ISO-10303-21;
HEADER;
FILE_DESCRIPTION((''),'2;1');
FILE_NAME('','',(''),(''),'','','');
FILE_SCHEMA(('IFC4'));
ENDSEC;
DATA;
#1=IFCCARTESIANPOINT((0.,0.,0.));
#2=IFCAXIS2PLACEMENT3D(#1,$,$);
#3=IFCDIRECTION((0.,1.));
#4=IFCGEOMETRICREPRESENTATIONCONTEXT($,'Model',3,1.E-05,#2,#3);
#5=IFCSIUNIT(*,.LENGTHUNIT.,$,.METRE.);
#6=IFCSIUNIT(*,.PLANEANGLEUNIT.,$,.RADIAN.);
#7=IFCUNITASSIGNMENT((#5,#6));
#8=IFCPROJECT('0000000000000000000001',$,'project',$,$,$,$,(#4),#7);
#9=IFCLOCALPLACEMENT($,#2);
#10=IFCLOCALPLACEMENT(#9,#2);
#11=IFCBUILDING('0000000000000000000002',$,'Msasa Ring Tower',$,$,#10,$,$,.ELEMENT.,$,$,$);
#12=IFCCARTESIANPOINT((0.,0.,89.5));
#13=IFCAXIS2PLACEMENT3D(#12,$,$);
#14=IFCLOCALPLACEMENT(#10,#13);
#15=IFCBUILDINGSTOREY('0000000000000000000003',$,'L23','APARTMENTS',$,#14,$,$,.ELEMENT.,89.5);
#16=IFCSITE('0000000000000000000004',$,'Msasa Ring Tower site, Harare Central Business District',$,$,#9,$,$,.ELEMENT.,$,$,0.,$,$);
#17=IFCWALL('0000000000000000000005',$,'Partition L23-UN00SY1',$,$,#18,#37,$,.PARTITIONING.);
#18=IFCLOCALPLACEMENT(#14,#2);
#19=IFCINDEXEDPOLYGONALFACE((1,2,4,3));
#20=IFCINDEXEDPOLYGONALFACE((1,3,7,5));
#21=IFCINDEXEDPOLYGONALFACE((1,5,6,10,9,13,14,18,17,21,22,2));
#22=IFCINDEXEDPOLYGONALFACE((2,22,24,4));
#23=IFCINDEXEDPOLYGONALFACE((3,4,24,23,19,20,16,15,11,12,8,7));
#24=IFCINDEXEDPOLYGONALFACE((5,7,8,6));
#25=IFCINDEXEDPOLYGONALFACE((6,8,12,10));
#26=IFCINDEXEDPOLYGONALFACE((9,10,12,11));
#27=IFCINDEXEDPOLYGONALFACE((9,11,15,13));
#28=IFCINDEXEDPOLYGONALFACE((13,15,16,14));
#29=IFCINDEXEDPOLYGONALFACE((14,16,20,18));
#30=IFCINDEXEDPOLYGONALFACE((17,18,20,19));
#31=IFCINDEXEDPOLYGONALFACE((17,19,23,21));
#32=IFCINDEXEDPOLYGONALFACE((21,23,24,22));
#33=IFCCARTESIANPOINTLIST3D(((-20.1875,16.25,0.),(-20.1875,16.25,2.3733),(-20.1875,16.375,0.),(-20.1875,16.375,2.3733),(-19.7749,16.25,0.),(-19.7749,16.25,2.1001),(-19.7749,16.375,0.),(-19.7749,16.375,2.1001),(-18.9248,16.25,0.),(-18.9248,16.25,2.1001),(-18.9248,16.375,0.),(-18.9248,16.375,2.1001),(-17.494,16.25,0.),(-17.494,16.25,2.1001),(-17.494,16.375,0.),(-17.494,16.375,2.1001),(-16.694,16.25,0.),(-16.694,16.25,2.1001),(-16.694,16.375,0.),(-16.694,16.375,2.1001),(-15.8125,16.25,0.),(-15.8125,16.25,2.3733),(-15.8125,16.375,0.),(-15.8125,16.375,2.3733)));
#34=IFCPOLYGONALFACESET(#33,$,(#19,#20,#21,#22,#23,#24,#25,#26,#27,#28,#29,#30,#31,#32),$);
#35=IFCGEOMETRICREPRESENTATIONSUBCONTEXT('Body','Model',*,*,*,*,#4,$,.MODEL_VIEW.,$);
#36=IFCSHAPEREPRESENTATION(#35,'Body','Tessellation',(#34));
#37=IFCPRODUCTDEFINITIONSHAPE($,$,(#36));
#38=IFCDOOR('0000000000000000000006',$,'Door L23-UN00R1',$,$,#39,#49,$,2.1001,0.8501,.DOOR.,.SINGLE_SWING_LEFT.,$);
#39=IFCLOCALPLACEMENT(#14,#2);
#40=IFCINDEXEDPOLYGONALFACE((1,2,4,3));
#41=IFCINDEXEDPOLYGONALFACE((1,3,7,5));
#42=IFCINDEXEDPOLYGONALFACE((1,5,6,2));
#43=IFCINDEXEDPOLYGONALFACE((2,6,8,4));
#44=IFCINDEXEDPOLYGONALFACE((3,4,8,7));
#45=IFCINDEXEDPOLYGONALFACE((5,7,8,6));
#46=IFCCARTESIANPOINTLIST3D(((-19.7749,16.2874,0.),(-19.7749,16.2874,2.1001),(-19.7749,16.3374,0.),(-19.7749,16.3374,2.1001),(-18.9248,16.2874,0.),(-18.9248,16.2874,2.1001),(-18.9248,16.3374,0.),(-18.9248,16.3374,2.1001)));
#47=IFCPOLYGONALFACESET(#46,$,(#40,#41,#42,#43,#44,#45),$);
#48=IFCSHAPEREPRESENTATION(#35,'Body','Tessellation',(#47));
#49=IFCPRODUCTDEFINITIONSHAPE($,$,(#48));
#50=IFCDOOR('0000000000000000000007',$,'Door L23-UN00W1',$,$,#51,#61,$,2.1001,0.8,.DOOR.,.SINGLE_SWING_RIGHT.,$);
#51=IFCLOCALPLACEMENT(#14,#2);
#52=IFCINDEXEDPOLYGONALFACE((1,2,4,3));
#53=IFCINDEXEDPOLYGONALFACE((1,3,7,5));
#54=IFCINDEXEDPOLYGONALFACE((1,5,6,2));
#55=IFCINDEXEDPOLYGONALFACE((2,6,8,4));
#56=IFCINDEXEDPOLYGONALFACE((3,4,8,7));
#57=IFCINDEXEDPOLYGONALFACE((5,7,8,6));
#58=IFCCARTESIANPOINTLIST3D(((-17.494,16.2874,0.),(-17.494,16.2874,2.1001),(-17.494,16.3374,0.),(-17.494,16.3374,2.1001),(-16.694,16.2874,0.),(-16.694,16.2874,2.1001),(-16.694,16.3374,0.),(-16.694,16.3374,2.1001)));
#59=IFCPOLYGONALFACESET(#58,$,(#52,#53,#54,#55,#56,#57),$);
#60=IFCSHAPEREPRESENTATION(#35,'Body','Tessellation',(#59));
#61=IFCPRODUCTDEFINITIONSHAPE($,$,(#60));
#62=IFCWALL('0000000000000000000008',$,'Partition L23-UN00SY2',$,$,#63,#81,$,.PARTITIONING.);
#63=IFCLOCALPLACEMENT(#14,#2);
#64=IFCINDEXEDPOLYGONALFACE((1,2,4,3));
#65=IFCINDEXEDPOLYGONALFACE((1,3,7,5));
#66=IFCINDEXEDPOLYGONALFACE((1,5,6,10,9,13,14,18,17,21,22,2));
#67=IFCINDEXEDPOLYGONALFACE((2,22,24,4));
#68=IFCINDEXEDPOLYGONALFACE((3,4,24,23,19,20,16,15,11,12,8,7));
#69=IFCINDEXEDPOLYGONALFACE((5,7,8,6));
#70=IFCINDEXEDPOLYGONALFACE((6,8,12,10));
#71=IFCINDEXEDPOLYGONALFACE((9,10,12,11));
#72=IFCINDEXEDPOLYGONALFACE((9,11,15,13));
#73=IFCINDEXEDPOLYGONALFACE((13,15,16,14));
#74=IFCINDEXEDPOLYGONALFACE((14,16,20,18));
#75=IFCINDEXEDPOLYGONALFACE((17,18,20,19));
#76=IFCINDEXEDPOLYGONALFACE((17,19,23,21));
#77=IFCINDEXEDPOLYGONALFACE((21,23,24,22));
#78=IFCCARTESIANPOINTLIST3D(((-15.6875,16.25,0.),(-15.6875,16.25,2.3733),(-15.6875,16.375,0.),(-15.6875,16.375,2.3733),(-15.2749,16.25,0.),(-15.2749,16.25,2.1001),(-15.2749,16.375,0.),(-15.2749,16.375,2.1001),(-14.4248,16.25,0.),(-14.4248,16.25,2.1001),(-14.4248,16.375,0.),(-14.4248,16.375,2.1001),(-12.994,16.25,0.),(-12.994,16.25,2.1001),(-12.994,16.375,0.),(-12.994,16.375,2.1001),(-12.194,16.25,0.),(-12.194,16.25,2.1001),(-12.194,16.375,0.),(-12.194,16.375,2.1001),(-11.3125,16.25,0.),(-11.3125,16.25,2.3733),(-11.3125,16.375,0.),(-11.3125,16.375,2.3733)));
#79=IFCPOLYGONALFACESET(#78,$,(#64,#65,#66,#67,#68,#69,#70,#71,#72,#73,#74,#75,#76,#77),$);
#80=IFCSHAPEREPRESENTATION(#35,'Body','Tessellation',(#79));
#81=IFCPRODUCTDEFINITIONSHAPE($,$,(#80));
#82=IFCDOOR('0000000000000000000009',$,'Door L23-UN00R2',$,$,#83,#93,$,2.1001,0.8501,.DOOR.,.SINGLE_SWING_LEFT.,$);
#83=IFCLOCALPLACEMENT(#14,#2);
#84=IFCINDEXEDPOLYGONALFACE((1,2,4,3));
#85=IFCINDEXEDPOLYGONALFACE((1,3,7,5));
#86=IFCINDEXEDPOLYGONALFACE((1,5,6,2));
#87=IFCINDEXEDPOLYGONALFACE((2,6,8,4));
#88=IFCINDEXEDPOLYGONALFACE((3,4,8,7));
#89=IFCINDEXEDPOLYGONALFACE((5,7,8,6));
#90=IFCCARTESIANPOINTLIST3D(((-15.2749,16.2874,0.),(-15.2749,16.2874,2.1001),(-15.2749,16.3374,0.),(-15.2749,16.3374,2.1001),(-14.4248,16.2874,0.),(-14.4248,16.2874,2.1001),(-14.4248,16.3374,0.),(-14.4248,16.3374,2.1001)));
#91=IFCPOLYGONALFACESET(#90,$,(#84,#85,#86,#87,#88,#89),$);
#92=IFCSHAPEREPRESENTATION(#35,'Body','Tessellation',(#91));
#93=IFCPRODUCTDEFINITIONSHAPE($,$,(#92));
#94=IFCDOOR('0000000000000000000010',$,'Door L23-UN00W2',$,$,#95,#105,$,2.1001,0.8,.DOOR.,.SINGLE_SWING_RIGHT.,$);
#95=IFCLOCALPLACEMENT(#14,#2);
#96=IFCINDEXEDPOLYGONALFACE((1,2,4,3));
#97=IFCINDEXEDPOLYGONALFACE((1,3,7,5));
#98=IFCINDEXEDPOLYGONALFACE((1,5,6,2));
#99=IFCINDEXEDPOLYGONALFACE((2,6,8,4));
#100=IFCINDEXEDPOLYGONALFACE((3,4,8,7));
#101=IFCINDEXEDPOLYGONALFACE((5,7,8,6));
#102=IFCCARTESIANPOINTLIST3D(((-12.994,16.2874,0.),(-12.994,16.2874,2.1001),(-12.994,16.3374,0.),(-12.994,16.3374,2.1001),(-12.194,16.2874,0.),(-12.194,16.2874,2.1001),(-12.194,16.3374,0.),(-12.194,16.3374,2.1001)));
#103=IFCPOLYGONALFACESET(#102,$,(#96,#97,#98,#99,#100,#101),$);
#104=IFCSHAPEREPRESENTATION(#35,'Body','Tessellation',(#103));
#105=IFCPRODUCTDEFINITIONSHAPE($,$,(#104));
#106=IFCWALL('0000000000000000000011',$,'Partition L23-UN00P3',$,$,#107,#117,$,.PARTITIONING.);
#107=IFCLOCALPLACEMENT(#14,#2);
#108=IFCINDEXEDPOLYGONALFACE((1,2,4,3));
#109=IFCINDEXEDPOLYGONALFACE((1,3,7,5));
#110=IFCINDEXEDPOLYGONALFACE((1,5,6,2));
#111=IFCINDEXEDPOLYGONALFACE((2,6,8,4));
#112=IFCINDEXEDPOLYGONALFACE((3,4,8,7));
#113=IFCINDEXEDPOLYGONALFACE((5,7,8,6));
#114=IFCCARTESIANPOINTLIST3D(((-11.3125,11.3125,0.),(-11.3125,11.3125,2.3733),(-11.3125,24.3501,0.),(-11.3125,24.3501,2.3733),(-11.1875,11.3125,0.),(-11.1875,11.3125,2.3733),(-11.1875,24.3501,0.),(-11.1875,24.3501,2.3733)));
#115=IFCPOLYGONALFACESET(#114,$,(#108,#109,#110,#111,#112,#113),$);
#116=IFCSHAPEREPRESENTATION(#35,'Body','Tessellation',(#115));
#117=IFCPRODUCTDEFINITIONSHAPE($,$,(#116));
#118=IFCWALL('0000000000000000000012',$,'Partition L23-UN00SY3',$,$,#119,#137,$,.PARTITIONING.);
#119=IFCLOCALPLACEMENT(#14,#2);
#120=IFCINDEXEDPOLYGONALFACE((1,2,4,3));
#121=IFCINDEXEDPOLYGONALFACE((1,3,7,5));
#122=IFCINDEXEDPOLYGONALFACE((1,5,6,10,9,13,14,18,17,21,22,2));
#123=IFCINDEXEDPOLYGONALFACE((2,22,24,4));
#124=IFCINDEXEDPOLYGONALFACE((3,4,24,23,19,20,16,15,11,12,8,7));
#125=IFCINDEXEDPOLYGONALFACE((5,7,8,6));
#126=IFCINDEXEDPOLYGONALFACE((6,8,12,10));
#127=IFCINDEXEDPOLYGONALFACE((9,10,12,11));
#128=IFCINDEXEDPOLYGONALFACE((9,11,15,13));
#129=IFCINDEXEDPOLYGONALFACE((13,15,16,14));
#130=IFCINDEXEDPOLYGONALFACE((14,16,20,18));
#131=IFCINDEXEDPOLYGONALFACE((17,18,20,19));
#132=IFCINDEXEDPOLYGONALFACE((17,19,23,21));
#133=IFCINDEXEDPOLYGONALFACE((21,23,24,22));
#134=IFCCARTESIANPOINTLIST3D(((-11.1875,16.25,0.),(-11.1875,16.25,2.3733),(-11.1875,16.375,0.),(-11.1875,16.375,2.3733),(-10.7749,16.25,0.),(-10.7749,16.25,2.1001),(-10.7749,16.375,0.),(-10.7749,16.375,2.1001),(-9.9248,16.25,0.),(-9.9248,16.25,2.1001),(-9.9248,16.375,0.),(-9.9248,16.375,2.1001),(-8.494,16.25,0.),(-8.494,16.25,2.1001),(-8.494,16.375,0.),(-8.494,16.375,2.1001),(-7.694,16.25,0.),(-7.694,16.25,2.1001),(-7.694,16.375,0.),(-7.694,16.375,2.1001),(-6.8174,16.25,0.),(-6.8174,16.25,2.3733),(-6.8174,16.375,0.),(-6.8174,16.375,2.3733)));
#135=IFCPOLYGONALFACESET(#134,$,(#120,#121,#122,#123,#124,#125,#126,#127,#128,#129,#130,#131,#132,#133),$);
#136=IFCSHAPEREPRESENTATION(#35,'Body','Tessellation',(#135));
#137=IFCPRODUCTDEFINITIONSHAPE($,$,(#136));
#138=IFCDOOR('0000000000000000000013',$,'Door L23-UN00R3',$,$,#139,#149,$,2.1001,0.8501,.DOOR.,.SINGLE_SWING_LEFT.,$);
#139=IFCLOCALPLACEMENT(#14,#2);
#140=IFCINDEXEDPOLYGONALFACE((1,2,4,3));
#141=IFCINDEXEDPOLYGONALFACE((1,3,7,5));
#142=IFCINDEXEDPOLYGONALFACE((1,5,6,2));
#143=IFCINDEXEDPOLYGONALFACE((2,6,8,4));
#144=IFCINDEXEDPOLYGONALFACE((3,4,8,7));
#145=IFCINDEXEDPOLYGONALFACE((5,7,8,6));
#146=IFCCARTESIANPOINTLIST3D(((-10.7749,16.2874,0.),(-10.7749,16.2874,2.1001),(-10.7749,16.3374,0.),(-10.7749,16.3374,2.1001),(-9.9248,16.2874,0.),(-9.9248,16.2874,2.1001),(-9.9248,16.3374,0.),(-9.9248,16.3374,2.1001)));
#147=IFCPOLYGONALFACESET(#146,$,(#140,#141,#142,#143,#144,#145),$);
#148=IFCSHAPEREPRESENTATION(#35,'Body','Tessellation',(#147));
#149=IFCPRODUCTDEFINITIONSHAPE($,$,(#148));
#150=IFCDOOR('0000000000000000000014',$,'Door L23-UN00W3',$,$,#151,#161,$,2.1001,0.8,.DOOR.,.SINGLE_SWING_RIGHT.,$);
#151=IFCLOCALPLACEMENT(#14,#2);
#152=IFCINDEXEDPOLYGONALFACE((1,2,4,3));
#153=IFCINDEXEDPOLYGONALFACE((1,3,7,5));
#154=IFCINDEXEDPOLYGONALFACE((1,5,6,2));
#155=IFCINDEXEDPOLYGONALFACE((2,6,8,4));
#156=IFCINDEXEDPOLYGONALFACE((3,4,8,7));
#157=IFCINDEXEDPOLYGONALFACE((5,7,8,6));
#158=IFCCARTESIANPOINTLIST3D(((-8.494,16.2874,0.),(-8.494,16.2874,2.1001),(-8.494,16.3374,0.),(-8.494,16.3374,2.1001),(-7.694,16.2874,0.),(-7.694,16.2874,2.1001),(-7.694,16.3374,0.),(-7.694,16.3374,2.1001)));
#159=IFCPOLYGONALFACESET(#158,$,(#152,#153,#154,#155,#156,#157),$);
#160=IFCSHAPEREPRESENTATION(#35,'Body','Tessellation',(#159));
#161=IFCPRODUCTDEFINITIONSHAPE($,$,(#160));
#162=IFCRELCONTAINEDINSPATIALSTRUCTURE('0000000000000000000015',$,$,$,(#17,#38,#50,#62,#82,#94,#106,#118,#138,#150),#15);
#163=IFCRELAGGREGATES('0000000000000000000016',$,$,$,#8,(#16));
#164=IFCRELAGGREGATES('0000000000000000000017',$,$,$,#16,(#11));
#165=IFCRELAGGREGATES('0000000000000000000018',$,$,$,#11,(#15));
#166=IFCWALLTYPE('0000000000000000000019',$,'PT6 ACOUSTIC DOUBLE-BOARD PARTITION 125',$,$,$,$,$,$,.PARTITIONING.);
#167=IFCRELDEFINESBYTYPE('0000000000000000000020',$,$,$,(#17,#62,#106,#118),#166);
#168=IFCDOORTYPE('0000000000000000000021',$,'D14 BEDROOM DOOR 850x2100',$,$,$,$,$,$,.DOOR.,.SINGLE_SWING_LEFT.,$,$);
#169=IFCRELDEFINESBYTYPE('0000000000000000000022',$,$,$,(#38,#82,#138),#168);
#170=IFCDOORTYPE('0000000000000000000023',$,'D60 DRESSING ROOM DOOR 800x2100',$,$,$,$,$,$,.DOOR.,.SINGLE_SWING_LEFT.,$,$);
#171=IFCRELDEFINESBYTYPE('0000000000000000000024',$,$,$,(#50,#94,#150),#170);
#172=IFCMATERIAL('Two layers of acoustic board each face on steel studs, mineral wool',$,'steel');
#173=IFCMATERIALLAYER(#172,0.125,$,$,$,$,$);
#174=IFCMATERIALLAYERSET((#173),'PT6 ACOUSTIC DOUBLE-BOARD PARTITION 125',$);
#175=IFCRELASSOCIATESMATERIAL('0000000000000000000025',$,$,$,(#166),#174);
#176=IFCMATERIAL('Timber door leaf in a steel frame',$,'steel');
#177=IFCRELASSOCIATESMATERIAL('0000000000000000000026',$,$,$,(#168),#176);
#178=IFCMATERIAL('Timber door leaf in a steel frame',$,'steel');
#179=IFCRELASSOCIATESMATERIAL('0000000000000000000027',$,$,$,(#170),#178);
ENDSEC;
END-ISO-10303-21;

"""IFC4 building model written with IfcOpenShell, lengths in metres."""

from ifc_helpers import new_model, si_unit, direction, frame, frame_2d, origin, place, context, subcontext, project, spatial, rectangle, extrude, material, layer, layer_set, type_object, element, fill, save


model = new_model("IFC4")

# Units and contexts
model_context = context("Model", 3, precision=1e-05, world=origin(), true_north=direction((0.0, 1.0)))
body_context = subcontext(model_context, "Body", "Model", "MODEL_VIEW")
ifc_project = project(units=[si_unit("LENGTHUNIT", "METRE"), si_unit("PLANEANGLEUNIT", "RADIAN")], contexts=[model_context])

# Site, building, storey
site_placement = place(None, origin())
site = spatial("IfcSite", under=ifc_project, at=site_placement, Name="Msasa Ring Tower site, Harare Central Business District", CompositionType="ELEMENT", RefElevation=0.0)
building_placement = place(site_placement, origin())
building = spatial("IfcBuilding", under=site, at=building_placement, Name="Msasa Ring Tower", CompositionType="ELEMENT")
storey_placement = place(building_placement, frame((0.0, 0.0, 89.5)))
storey = spatial("IfcBuildingStorey", under=building, at=storey_placement, Name="L23", Description="APARTMENTS", CompositionType="ELEMENT", Elevation=89.5)

# Walls, openings, doors
ifc_material_1 = material(Name="Two layers of acoustic board each face on steel studs, mineral wool", Category="steel")
ifc_layer_1 = layer(ifc_material_1, 0.125)
ifc_layer_set_1 = layer_set([ifc_layer_1], Name="PT6 ACOUSTIC DOUBLE-BOARD PARTITION 125")
wall_type_1 = type_object("IfcWallType", Name="PT6 ACOUSTIC DOUBLE-BOARD PARTITION 125", PredefinedType="PARTITIONING", material=ifc_layer_set_1)
wall_1_placement = place(storey_placement, frame((-20.1875, 16.3125, 0.0), z_axis=(0.0, 0.0, 1.0), x_axis=(1.0, 0.0, 0.0)))
wall_1 = element("IfcWall", 1, at=wall_1_placement, inside=storey, type_object=wall_type_1, Name="Partition L23-UN00SY1", PredefinedType="PARTITIONING", context=body_context, shape_type="SweptSolid", body=[
    extrude(rectangle(XDim=4.375, YDim=0.125, at=frame_2d((2.1875, 0.0))), origin(), (0.0, 0.0, 1.0), 2.3733),
])
opening_1_placement = place(wall_1_placement, frame((0.4126, 0.0, 0.0)))
opening_1 = element("IfcOpeningElement", 2, at=opening_1_placement, cuts=wall_1, PredefinedType="OPENING", context=body_context, shape_type="SweptSolid", body=[
    extrude(rectangle(XDim=0.8501, YDim=2.1001, at=frame_2d((0.425, 1.05))), frame((0.0, 0.0725, 0.0), z_axis=(0.0, -1.0, 0.0), x_axis=(1.0, 0.0, 0.0)), (0.0, 0.0, 1.0), 0.145),
])
opening_2_placement = place(wall_1_placement, frame((2.6936, 0.0, 0.0)))
opening_2 = element("IfcOpeningElement", 3, at=opening_2_placement, cuts=wall_1, PredefinedType="OPENING", context=body_context, shape_type="SweptSolid", body=[
    extrude(rectangle(XDim=0.8, YDim=2.1001, at=frame_2d((0.3999, 1.05))), frame((0.0, 0.0725, 0.0), z_axis=(0.0, -1.0, 0.0), x_axis=(1.0, 0.0, 0.0)), (0.0, 0.0, 1.0), 0.145),
])
ifc_material_2 = material(Name="Timber door leaf in a steel frame", Category="steel")
door_type_1 = type_object("IfcDoorType", Name="D14 BEDROOM DOOR 850x2100", OperationType="SINGLE_SWING_LEFT", PredefinedType="DOOR", material=ifc_material_2)
door_1_placement = place(opening_1_placement, origin())
door_1 = element("IfcDoor", 4, at=door_1_placement, inside=storey, type_object=door_type_1, Name="Door L23-UN00R1", OperationType="SINGLE_SWING_LEFT", OverallHeight=2.1001, OverallWidth=0.8501, PredefinedType="DOOR", context=body_context, shape_type="SweptSolid", body=[
    extrude(rectangle(XDim=0.8501, YDim=2.1001, at=frame_2d((0.425, 1.05))), frame((0.0, 0.0249, 0.0), z_axis=(0.0, -1.0, 0.0), x_axis=(1.0, 0.0, 0.0)), (0.0, 0.0, 1.0), 0.05),
])
fill(opening_1, door_1)
ifc_material_3 = material(Name="Timber door leaf in a steel frame", Category="steel")
door_type_2 = type_object("IfcDoorType", Name="D60 DRESSING ROOM DOOR 800x2100", OperationType="SINGLE_SWING_LEFT", PredefinedType="DOOR", material=ifc_material_3)
door_2_placement = place(opening_2_placement, origin())
door_2 = element("IfcDoor", 5, at=door_2_placement, inside=storey, type_object=door_type_2, Name="Door L23-UN00W1", OperationType="SINGLE_SWING_RIGHT", OverallHeight=2.1001, OverallWidth=0.8, PredefinedType="DOOR", context=body_context, shape_type="SweptSolid", body=[
    extrude(rectangle(XDim=0.8, YDim=2.1001, at=frame_2d((0.3999, 1.05))), frame((0.0, 0.0249, 0.0), z_axis=(0.0, -1.0, 0.0), x_axis=(1.0, 0.0, 0.0)), (0.0, 0.0, 1.0), 0.05),
])
fill(opening_2, door_2)
wall_2_placement = place(storey_placement, frame((-15.6875, 16.3125, 0.0), z_axis=(0.0, 0.0, 1.0), x_axis=(1.0, 0.0, 0.0)))
wall_2 = element("IfcWall", 6, at=wall_2_placement, inside=storey, type_object=wall_type_1, Name="Partition L23-UN00SY2", PredefinedType="PARTITIONING", context=body_context, shape_type="SweptSolid", body=[
    extrude(rectangle(XDim=4.375, YDim=0.125, at=frame_2d((2.1875, 0.0))), origin(), (0.0, 0.0, 1.0), 2.3733),
])
opening_3_placement = place(wall_2_placement, frame((0.4126, 0.0, 0.0)))
opening_3 = element("IfcOpeningElement", 7, at=opening_3_placement, cuts=wall_2, PredefinedType="OPENING", context=body_context, shape_type="SweptSolid", body=[
    extrude(rectangle(XDim=0.8501, YDim=2.1001, at=frame_2d((0.425, 1.05))), frame((0.0, 0.0725, 0.0), z_axis=(0.0, -1.0, 0.0), x_axis=(1.0, 0.0, 0.0)), (0.0, 0.0, 1.0), 0.145),
])
opening_4_placement = place(wall_2_placement, frame((2.6936, 0.0, 0.0)))
opening_4 = element("IfcOpeningElement", 8, at=opening_4_placement, cuts=wall_2, PredefinedType="OPENING", context=body_context, shape_type="SweptSolid", body=[
    extrude(rectangle(XDim=0.8, YDim=2.1001, at=frame_2d((0.3999, 1.05))), frame((0.0, 0.0725, 0.0), z_axis=(0.0, -1.0, 0.0), x_axis=(1.0, 0.0, 0.0)), (0.0, 0.0, 1.0), 0.145),
])
door_3_placement = place(opening_3_placement, origin())
door_3 = element("IfcDoor", 9, at=door_3_placement, inside=storey, type_object=door_type_1, Name="Door L23-UN00R2", OperationType="SINGLE_SWING_LEFT", OverallHeight=2.1001, OverallWidth=0.8501, PredefinedType="DOOR", context=body_context, shape_type="SweptSolid", body=[
    extrude(rectangle(XDim=0.8501, YDim=2.1001, at=frame_2d((0.425, 1.05))), frame((0.0, 0.0249, 0.0), z_axis=(0.0, -1.0, 0.0), x_axis=(1.0, 0.0, 0.0)), (0.0, 0.0, 1.0), 0.05),
])
fill(opening_3, door_3)
door_4_placement = place(opening_4_placement, origin())
door_4 = element("IfcDoor", 10, at=door_4_placement, inside=storey, type_object=door_type_2, Name="Door L23-UN00W2", OperationType="SINGLE_SWING_RIGHT", OverallHeight=2.1001, OverallWidth=0.8, PredefinedType="DOOR", context=body_context, shape_type="SweptSolid", body=[
    extrude(rectangle(XDim=0.8, YDim=2.1001, at=frame_2d((0.3999, 1.05))), frame((0.0, 0.0249, 0.0), z_axis=(0.0, -1.0, 0.0), x_axis=(1.0, 0.0, 0.0)), (0.0, 0.0, 1.0), 0.05),
])
fill(opening_4, door_4)

# Wall
wall_3_placement = place(storey_placement, frame((-11.25, 11.3125, 0.0), z_axis=(0.0, 0.0, 1.0), x_axis=(0.0, 1.0, 0.0)))
element("IfcWall", 11, at=wall_3_placement, inside=storey, type_object=wall_type_1, Name="Partition L23-UN00P3", PredefinedType="PARTITIONING", context=body_context, shape_type="SweptSolid", body=[
    extrude(rectangle(XDim=13.0376, YDim=0.125, at=frame_2d((6.5188, 0.0))), origin(), (0.0, 0.0, 1.0), 2.3733),
])

# Wall, openings, doors
wall_4_placement = place(storey_placement, frame((-11.1875, 16.3125, 0.0), z_axis=(0.0, 0.0, 1.0), x_axis=(1.0, 0.0, 0.0)))
wall_4 = element("IfcWall", 12, at=wall_4_placement, inside=storey, type_object=wall_type_1, Name="Partition L23-UN00SY3", PredefinedType="PARTITIONING", context=body_context, shape_type="SweptSolid", body=[
    extrude(rectangle(XDim=4.3701, YDim=0.125, at=frame_2d((2.1851, 0.0))), origin(), (0.0, 0.0, 1.0), 2.3733),
])
opening_5_placement = place(wall_4_placement, frame((0.4126, 0.0, 0.0)))
opening_5 = element("IfcOpeningElement", 13, at=opening_5_placement, cuts=wall_4, PredefinedType="OPENING", context=body_context, shape_type="SweptSolid", body=[
    extrude(rectangle(XDim=0.8501, YDim=2.1001, at=frame_2d((0.425, 1.05))), frame((0.0, 0.0725, 0.0), z_axis=(0.0, -1.0, 0.0), x_axis=(1.0, 0.0, 0.0)), (0.0, 0.0, 1.0), 0.145),
])
opening_6_placement = place(wall_4_placement, frame((2.6936, 0.0, 0.0)))
opening_6 = element("IfcOpeningElement", 14, at=opening_6_placement, cuts=wall_4, PredefinedType="OPENING", context=body_context, shape_type="SweptSolid", body=[
    extrude(rectangle(XDim=0.8, YDim=2.1001, at=frame_2d((0.3999, 1.05))), frame((0.0, 0.0725, 0.0), z_axis=(0.0, -1.0, 0.0), x_axis=(1.0, 0.0, 0.0)), (0.0, 0.0, 1.0), 0.145),
])
door_5_placement = place(opening_5_placement, origin())
door_5 = element("IfcDoor", 15, at=door_5_placement, inside=storey, type_object=door_type_1, Name="Door L23-UN00R3", OperationType="SINGLE_SWING_LEFT", OverallHeight=2.1001, OverallWidth=0.8501, PredefinedType="DOOR", context=body_context, shape_type="SweptSolid", body=[
    extrude(rectangle(XDim=0.8501, YDim=2.1001, at=frame_2d((0.425, 1.05))), frame((0.0, 0.0249, 0.0), z_axis=(0.0, -1.0, 0.0), x_axis=(1.0, 0.0, 0.0)), (0.0, 0.0, 1.0), 0.05),
])
fill(opening_5, door_5)
door_6_placement = place(opening_6_placement, origin())
door_6 = element("IfcDoor", 16, at=door_6_placement, inside=storey, type_object=door_type_2, Name="Door L23-UN00W3", OperationType="SINGLE_SWING_RIGHT", OverallHeight=2.1001, OverallWidth=0.8, PredefinedType="DOOR", context=body_context, shape_type="SweptSolid", body=[
    extrude(rectangle(XDim=0.8, YDim=2.1001, at=frame_2d((0.3999, 1.05))), frame((0.0, 0.0249, 0.0), z_axis=(0.0, -1.0, 0.0), x_axis=(1.0, 0.0, 0.0)), (0.0, 0.0, 1.0), 0.05),
])
fill(opening_6, door_6)

save(model, "model.ifc")
